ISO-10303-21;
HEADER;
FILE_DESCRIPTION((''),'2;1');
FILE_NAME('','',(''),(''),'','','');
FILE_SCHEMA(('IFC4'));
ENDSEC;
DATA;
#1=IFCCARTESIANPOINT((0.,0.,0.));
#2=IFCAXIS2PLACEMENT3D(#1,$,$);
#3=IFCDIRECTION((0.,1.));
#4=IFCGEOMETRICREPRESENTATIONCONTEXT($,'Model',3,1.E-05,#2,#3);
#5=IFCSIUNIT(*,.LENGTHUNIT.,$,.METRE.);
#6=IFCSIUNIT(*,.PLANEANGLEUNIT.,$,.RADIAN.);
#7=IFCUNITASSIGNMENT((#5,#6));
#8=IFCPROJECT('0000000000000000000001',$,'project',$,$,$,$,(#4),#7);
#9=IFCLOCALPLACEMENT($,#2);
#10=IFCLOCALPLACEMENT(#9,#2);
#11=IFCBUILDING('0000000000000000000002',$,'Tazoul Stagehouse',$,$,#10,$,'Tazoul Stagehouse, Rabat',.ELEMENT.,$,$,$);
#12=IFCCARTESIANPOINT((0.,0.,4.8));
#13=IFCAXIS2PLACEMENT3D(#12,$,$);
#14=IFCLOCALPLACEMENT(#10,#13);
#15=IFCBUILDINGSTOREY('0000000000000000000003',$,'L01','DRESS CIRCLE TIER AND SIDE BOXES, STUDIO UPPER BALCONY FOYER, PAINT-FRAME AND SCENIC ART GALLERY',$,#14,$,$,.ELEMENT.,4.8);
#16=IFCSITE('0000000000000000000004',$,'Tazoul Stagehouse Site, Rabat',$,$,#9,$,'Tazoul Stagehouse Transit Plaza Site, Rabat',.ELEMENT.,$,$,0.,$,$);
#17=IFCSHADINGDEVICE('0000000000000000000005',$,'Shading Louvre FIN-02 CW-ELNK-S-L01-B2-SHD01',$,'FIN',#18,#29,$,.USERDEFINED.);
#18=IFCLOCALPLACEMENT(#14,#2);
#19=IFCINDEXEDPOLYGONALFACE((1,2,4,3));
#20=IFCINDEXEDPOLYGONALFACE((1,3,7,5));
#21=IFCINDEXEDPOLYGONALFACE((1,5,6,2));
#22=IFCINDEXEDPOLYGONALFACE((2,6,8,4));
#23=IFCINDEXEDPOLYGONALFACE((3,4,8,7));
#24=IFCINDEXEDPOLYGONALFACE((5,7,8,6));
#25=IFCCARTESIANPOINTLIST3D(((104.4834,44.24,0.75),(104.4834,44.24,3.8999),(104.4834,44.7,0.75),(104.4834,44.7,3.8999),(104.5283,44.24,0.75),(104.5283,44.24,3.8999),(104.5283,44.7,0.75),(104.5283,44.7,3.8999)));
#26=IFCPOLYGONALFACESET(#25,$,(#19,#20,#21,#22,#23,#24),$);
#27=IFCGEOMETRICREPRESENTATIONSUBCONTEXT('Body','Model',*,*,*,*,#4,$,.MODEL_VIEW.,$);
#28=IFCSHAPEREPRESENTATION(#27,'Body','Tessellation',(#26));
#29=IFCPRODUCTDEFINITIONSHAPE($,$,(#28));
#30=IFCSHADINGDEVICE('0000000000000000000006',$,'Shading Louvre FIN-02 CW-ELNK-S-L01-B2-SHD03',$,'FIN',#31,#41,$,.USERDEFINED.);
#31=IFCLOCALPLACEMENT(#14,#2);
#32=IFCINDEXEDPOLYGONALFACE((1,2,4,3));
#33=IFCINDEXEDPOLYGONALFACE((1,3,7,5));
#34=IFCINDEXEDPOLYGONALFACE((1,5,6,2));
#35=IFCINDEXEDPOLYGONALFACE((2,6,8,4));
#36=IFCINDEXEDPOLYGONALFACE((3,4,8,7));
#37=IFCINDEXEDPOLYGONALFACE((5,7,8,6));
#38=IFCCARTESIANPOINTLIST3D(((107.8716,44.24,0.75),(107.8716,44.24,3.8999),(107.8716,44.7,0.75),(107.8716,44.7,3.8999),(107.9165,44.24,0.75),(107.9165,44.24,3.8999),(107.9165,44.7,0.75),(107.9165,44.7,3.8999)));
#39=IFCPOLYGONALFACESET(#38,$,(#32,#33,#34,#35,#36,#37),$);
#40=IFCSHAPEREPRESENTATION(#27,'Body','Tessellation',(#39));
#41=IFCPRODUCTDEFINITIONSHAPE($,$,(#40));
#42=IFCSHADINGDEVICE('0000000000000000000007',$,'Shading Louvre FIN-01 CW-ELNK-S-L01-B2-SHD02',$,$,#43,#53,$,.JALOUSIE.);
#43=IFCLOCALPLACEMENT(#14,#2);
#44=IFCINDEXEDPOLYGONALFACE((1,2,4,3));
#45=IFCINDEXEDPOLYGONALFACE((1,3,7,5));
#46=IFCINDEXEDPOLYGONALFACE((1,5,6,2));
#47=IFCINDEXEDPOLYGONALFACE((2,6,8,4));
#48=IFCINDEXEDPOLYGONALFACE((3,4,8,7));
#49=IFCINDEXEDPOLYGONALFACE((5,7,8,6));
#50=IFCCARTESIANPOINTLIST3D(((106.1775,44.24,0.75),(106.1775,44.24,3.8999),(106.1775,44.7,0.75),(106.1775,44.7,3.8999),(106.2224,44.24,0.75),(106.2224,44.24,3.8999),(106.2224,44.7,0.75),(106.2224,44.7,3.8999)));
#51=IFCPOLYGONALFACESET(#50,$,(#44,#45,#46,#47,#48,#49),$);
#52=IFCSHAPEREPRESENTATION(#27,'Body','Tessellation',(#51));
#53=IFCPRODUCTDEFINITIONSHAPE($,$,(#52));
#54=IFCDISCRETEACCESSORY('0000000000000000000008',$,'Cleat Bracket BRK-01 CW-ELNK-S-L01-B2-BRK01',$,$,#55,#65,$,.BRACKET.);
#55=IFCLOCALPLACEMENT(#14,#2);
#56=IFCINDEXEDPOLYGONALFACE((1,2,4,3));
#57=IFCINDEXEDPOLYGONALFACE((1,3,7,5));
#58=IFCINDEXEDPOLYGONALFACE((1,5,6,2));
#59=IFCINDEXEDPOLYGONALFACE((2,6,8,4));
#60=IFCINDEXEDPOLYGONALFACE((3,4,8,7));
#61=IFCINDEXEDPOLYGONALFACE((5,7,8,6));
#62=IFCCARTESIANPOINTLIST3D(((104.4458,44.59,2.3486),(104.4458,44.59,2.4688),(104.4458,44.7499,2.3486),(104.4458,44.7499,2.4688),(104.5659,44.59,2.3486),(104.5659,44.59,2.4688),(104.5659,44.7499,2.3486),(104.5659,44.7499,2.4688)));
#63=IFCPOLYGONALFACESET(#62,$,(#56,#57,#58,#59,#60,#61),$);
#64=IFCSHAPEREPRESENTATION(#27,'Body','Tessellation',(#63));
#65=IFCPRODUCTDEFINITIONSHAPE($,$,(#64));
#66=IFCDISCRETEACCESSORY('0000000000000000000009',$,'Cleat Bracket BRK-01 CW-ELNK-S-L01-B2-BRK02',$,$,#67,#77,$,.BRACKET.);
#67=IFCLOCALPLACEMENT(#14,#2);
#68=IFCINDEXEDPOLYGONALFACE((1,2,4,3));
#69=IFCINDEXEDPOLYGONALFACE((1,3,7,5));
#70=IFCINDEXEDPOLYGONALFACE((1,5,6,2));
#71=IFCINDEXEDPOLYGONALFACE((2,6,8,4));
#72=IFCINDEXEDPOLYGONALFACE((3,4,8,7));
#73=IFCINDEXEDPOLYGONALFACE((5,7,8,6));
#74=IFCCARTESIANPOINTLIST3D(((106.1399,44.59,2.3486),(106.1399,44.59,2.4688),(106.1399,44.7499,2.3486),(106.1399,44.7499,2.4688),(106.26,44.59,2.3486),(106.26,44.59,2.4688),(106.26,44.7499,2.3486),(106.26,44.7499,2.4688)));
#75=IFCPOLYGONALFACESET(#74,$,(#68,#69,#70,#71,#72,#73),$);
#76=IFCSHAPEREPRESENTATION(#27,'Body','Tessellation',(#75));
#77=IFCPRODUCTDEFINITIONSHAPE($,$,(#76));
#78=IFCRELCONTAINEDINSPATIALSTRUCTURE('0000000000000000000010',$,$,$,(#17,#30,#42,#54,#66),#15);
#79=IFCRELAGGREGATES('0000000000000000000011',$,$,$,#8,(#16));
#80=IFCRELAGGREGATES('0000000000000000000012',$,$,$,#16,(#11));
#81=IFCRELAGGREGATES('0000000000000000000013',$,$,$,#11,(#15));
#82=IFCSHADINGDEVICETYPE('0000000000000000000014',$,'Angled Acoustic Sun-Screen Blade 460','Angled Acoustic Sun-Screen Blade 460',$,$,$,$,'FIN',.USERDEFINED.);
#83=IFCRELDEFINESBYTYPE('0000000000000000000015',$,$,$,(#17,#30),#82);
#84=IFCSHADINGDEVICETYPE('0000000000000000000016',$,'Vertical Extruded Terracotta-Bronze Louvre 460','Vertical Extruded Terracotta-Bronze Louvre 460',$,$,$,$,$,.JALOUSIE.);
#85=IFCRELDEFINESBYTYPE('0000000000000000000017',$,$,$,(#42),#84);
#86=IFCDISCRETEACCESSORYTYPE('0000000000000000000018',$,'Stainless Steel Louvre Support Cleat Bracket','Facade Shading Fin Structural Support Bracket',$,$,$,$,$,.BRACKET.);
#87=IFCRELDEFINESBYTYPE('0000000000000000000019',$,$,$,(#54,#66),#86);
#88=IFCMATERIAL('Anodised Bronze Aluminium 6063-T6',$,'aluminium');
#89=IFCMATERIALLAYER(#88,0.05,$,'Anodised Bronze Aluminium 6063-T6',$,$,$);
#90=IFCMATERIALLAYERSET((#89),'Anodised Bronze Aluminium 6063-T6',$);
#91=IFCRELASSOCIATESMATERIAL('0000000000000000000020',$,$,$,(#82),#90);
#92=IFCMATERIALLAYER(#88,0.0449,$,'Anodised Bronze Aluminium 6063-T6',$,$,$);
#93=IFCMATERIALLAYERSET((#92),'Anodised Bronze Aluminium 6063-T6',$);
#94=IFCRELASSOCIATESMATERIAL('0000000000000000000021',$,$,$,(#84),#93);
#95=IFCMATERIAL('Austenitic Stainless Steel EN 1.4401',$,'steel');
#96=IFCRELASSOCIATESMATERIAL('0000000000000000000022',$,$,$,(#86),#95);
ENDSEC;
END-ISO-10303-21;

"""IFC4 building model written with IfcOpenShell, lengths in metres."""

from ifc_helpers import new_model, si_unit, direction, frame, origin, origin_2d, place, context, subcontext, project, spatial, rectangle, extrude, material, layer, layer_set, type_object, element, save


model = new_model("IFC4")

# Units and contexts
model_context = context("Model", 3, precision=1e-05, world=origin(), true_north=direction((0.0, 1.0)))
body_context = subcontext(model_context, "Body", "Model", "MODEL_VIEW")
ifc_project = project(units=[si_unit("LENGTHUNIT", "METRE"), si_unit("PLANEANGLEUNIT", "RADIAN")], contexts=[model_context])

# Site, building, storey
site_placement = place(None, origin())
site = spatial("IfcSite", under=ifc_project, at=site_placement, Name="Tazoul Stagehouse Site, Rabat", LongName="Tazoul Stagehouse Transit Plaza Site, Rabat", CompositionType="ELEMENT", RefElevation=0.0)
building_placement = place(site_placement, origin())
building = spatial("IfcBuilding", under=site, at=building_placement, Name="Tazoul Stagehouse", LongName="Tazoul Stagehouse, Rabat", CompositionType="ELEMENT")
storey_placement = place(building_placement, frame((0.0, 0.0, 4.8)))
storey = spatial("IfcBuildingStorey", under=building, at=storey_placement, Name="L01", Description="DRESS CIRCLE TIER AND SIDE BOXES, STUDIO UPPER BALCONY FOYER, PAINT-FRAME AND SCENIC ART GALLERY", CompositionType="ELEMENT", Elevation=4.8)

# Shared definitions
ifc_material_1 = material(Name="Anodised Bronze Aluminium 6063-T6", Category="aluminium")

# Shading devices
ifc_layer_1 = layer(ifc_material_1, 0.05, Name="Anodised Bronze Aluminium 6063-T6")
ifc_layer_set_1 = layer_set([ifc_layer_1], Name="Anodised Bronze Aluminium 6063-T6")
shading_device_type_1 = type_object("IfcShadingDeviceType", Name="Angled Acoustic Sun-Screen Blade 460", Description="Angled Acoustic Sun-Screen Blade 460", ElementType="FIN", PredefinedType="USERDEFINED", material=ifc_layer_set_1)
for number, where, z_axis, x_axis, name in (
    (1, (104.5059, 44.47, 0.75), (0.0, 0.0, 1.0), (1.0, 0.0, 0.0), "Shading Louvre FIN-02 CW-ELNK-S-L01-B2-SHD01"),
    (2, (107.894, 44.47, 0.75), (0.0, 0.0, 1.0), (1.0, 0.0, 0.0), "Shading Louvre FIN-02 CW-ELNK-S-L01-B2-SHD03"),
):
    element("IfcShadingDevice", number, at=place(storey_placement, frame(where, z_axis=z_axis, x_axis=x_axis)), inside=storey, type_object=shading_device_type_1, Name=name, ObjectType="FIN", PredefinedType="USERDEFINED", context=body_context, shape_type="SweptSolid", body=[
        extrude(rectangle(XDim=0.0449, YDim=0.46, at=origin_2d()), origin(), (0.0, 0.0, 1.0), 3.1499),
    ])
ifc_layer_2 = layer(ifc_material_1, 0.0449, Name="Anodised Bronze Aluminium 6063-T6")
ifc_layer_set_2 = layer_set([ifc_layer_2], Name="Anodised Bronze Aluminium 6063-T6")
shading_device_type_2 = type_object("IfcShadingDeviceType", Name="Vertical Extruded Terracotta-Bronze Louvre 460", Description="Vertical Extruded Terracotta-Bronze Louvre 460", PredefinedType="JALOUSIE", material=ifc_layer_set_2)
shading_device_placement = place(storey_placement, frame((106.2, 44.47, 0.75), z_axis=(0.0, 0.0, 1.0), x_axis=(1.0, 0.0, 0.0)))
element("IfcShadingDevice", 3, at=shading_device_placement, inside=storey, type_object=shading_device_type_2, Name="Shading Louvre FIN-01 CW-ELNK-S-L01-B2-SHD02", PredefinedType="JALOUSIE", context=body_context, shape_type="SweptSolid", body=[
    extrude(rectangle(XDim=0.0449, YDim=0.46, at=origin_2d()), origin(), (0.0, 0.0, 1.0), 3.1499),
])

# Discrete accessories
ifc_material_2 = material(Name="Austenitic Stainless Steel EN 1.4401", Category="steel")
discrete_accessory_type = type_object("IfcDiscreteAccessoryType", Name="Stainless Steel Louvre Support Cleat Bracket", Description="Facade Shading Fin Structural Support Bracket", PredefinedType="BRACKET", material=ifc_material_2)
for number, where, z_axis, x_axis, name in (
    (4, (104.5059, 44.6699, 2.3486), (0.0, 0.0, 1.0), (1.0, 0.0, 0.0), "Cleat Bracket BRK-01 CW-ELNK-S-L01-B2-BRK01"),
    (5, (106.2, 44.6699, 2.3486), (0.0, 0.0, 1.0), (1.0, 0.0, 0.0), "Cleat Bracket BRK-01 CW-ELNK-S-L01-B2-BRK02"),
):
    element("IfcDiscreteAccessory", number, at=place(storey_placement, frame(where, z_axis=z_axis, x_axis=x_axis)), inside=storey, type_object=discrete_accessory_type, Name=name, PredefinedType="BRACKET", context=body_context, shape_type="SweptSolid", body=[
        extrude(rectangle(XDim=0.1201, YDim=0.1599, at=origin_2d()), origin(), (0.0, 0.0, 1.0), 0.1201),
    ])

save(model, "model.ifc")
